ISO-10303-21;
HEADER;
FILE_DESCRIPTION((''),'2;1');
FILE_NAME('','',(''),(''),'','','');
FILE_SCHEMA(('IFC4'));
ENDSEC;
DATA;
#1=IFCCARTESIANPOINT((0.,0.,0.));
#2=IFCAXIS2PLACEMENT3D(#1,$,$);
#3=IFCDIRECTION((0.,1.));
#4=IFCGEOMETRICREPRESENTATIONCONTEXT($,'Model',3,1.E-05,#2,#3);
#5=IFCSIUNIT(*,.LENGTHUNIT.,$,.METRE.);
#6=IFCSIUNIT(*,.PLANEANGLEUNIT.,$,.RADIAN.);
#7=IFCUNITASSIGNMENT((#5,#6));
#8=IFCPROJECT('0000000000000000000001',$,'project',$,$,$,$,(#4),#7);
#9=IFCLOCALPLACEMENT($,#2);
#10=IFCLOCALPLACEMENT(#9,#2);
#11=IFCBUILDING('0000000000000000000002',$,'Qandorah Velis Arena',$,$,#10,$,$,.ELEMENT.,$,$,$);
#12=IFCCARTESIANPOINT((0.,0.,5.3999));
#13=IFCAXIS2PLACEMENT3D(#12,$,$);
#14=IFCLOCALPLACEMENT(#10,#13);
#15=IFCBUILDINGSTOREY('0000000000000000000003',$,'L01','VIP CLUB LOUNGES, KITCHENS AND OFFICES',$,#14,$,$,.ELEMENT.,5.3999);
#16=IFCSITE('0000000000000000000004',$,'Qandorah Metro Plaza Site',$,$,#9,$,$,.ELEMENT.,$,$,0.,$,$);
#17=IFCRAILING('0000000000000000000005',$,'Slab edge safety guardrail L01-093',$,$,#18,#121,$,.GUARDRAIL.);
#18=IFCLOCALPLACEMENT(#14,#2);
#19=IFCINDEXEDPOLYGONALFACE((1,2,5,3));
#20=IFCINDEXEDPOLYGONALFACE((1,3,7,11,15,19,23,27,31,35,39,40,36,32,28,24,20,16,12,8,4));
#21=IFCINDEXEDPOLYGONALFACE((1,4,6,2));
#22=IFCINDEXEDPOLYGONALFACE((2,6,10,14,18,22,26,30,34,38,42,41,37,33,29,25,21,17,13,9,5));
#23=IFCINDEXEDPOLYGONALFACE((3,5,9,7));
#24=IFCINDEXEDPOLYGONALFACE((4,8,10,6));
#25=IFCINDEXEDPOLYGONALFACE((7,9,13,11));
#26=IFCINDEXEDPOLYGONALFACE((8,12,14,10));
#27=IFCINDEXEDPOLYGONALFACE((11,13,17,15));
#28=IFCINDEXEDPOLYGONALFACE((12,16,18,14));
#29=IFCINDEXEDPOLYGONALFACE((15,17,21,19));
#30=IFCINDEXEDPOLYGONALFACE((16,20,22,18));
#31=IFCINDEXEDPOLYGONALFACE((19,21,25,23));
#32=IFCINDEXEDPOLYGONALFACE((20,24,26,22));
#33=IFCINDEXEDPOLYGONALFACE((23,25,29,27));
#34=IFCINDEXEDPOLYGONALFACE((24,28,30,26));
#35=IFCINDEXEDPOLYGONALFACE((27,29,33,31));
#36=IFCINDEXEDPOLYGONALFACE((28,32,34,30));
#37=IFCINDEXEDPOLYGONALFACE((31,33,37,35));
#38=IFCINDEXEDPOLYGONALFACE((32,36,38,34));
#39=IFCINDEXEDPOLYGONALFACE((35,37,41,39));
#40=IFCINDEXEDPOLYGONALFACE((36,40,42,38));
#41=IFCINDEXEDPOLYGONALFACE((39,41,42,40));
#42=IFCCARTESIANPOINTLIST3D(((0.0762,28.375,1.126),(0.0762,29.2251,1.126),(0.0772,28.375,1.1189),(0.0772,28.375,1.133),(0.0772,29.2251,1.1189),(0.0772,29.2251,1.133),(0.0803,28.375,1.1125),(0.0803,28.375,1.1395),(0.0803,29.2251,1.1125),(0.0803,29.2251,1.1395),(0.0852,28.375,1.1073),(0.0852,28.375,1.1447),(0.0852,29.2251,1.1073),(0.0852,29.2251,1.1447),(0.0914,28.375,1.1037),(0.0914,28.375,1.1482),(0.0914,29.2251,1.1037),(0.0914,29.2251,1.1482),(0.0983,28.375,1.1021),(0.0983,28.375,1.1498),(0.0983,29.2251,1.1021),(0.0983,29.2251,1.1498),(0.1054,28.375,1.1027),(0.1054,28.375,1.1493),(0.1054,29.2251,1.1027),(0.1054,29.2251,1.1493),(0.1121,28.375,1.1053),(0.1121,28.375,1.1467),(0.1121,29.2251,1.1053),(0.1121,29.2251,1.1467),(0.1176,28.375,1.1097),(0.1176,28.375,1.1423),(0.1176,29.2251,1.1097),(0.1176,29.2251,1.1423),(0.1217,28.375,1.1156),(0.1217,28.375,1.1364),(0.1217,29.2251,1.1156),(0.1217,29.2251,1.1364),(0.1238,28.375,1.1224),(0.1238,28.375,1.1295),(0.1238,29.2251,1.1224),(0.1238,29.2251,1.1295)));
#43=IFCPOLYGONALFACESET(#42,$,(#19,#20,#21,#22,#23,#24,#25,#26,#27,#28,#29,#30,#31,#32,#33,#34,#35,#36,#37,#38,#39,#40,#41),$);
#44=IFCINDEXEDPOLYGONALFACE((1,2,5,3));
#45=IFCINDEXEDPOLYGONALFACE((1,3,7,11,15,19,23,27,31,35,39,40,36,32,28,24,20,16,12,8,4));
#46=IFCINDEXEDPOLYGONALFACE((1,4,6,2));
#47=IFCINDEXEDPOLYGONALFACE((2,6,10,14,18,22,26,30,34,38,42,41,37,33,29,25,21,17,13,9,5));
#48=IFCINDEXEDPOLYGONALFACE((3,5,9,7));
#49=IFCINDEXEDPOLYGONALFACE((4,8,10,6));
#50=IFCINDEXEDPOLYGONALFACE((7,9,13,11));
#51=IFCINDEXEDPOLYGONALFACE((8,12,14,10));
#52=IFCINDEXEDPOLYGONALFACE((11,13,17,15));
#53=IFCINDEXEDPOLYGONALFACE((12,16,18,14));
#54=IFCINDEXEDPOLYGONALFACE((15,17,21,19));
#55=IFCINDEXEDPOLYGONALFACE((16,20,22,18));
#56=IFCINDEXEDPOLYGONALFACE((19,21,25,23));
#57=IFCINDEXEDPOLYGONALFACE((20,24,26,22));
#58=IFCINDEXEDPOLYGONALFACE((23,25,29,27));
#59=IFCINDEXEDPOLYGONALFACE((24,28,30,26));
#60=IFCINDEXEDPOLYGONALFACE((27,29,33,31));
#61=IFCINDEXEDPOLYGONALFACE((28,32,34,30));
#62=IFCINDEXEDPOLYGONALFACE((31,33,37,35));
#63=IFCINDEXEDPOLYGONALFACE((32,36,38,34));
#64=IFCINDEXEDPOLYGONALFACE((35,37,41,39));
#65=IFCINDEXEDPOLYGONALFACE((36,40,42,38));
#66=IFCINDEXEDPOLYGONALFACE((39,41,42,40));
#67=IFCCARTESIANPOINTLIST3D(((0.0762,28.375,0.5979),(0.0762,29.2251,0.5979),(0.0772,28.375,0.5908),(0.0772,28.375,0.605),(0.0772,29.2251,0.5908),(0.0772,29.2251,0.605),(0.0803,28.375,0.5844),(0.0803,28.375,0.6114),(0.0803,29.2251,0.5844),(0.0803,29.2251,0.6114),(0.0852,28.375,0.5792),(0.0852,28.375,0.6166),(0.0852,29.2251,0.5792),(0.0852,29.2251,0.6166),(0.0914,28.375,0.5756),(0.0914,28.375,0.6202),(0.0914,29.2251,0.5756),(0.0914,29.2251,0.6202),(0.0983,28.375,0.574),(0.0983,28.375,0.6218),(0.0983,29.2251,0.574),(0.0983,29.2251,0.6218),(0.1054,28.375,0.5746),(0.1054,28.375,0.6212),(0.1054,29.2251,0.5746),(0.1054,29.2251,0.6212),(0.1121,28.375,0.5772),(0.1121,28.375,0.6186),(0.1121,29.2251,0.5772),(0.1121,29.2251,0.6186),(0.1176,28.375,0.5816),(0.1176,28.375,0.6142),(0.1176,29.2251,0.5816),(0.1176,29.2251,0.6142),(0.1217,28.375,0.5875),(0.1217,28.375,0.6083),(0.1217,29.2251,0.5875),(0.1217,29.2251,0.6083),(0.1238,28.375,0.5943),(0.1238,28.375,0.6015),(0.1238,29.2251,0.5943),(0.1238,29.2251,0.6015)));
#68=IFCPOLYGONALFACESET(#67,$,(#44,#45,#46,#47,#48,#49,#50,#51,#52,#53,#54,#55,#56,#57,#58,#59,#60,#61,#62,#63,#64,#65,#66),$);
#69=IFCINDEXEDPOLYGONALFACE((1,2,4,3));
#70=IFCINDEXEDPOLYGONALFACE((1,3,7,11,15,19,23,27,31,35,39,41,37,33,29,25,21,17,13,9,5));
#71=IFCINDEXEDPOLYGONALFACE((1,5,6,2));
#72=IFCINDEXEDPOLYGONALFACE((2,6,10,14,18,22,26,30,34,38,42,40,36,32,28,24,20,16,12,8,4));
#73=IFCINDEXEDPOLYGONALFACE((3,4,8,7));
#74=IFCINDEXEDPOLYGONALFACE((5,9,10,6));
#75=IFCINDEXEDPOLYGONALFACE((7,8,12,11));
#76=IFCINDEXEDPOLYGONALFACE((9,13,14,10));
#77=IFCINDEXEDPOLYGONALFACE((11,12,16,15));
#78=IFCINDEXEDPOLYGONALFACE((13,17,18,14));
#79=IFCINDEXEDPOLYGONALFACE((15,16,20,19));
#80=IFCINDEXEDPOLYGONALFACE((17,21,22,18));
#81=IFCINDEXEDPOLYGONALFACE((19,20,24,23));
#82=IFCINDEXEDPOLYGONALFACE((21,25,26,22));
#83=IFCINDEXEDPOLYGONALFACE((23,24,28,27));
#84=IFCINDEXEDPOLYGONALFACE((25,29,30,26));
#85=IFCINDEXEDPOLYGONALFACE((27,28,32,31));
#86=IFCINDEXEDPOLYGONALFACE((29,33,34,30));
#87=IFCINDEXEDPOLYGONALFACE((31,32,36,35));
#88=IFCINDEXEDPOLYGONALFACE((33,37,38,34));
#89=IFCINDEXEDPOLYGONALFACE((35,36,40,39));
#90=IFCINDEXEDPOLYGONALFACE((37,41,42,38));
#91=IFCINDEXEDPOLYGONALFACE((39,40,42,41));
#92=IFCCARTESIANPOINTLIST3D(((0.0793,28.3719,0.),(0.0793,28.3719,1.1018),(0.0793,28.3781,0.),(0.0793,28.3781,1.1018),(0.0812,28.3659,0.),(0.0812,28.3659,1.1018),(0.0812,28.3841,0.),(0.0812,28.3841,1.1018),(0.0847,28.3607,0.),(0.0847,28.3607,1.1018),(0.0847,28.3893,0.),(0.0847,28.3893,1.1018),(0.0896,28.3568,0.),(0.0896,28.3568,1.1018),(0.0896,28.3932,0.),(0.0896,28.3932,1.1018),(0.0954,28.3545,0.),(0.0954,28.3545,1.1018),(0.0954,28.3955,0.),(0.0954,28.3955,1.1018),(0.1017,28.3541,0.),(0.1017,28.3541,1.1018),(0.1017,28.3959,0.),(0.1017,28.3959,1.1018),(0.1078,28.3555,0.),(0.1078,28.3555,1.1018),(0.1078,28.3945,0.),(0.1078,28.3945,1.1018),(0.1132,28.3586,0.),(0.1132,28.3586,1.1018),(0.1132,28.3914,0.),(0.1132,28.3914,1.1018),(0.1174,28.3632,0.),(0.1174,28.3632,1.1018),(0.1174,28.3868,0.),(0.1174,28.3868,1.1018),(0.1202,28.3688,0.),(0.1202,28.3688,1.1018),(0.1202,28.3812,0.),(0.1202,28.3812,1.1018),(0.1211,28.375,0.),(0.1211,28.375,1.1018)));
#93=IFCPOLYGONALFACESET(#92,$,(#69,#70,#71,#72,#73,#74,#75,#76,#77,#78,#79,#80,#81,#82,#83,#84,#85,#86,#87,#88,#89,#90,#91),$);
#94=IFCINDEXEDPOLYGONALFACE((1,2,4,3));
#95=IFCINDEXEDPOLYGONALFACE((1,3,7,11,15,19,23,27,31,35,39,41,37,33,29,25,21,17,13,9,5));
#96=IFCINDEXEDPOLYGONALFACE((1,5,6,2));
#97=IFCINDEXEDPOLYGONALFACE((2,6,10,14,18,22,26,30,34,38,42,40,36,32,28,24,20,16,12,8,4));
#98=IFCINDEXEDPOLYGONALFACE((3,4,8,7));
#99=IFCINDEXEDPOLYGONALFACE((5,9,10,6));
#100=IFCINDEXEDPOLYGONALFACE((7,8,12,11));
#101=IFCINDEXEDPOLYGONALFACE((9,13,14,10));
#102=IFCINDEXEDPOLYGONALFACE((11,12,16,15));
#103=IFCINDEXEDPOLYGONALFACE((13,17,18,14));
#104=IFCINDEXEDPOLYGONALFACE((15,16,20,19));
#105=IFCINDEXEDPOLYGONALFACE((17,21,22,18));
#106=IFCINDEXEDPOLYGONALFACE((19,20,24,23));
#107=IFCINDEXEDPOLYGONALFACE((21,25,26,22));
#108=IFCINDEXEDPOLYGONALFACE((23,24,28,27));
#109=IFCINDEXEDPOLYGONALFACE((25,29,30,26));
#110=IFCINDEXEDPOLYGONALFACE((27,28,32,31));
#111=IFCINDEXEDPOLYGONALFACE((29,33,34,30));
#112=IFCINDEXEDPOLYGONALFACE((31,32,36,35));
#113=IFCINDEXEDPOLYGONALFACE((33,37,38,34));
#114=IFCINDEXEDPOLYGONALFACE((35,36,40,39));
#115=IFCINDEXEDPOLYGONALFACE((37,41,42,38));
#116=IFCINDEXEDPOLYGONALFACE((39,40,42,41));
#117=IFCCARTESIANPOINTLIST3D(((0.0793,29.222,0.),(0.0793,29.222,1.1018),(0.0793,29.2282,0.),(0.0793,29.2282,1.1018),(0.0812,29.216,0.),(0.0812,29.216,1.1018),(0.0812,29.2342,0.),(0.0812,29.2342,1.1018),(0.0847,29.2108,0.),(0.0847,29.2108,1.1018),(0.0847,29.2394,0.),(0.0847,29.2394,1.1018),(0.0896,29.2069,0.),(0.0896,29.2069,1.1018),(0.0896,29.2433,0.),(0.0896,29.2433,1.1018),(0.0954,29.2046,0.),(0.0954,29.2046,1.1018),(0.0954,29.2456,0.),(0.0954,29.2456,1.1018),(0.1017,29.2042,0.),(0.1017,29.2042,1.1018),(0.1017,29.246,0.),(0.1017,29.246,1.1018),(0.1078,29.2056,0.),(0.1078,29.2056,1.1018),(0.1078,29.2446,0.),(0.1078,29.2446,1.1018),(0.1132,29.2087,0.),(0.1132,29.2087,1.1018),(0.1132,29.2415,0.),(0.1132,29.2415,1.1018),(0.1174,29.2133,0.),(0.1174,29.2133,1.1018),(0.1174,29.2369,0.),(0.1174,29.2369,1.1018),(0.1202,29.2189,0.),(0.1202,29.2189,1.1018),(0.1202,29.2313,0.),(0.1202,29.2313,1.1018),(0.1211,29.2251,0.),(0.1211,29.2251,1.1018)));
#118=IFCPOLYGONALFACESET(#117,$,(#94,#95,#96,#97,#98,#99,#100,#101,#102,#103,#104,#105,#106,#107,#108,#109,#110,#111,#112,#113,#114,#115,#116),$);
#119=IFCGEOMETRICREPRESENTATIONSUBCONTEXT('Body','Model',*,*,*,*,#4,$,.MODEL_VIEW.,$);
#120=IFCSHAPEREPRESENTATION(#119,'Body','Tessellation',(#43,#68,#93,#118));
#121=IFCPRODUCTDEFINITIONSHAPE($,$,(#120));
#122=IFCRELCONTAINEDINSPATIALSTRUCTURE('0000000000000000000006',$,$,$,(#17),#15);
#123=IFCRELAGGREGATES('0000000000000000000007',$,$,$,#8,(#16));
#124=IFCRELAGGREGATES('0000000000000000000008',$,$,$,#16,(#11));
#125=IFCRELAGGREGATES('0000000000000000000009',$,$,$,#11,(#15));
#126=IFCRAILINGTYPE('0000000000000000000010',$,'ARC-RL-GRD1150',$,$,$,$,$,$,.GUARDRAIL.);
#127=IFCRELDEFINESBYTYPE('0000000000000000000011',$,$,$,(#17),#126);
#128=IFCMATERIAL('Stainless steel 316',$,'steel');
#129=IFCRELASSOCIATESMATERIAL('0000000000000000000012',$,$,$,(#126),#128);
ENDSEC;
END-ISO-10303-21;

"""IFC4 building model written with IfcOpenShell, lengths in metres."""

from ifc_helpers import new_model, si_unit, direction, frame, origin, origin_2d, place, context, subcontext, project, spatial, circle, extrude, material, type_object, element, save


model = new_model("IFC4")

# Units and contexts
model_context = context("Model", 3, precision=1e-05, world=origin(), true_north=direction((0.0, 1.0)))
body_context = subcontext(model_context, "Body", "Model", "MODEL_VIEW")
ifc_project = project(units=[si_unit("LENGTHUNIT", "METRE"), si_unit("PLANEANGLEUNIT", "RADIAN")], contexts=[model_context])

# Site, building, storey
site_placement = place(None, origin())
site = spatial("IfcSite", under=ifc_project, at=site_placement, Name="Qandorah Metro Plaza Site", CompositionType="ELEMENT", RefElevation=0.0)
building_placement = place(site_placement, origin())
building = spatial("IfcBuilding", under=site, at=building_placement, Name="Qandorah Velis Arena", CompositionType="ELEMENT")
storey_placement = place(building_placement, frame((0.0, 0.0, 5.3999)))
storey = spatial("IfcBuildingStorey", under=building, at=storey_placement, Name="L01", Description="VIP CLUB LOUNGES, KITCHENS AND OFFICES", CompositionType="ELEMENT", Elevation=5.3999)

# Railing
ifc_material_1 = material(Name="Stainless steel 316", Category="steel")
railing_type = type_object("IfcRailingType", Name="ARC-RL-GRD1150", PredefinedType="GUARDRAIL", material=ifc_material_1)
railing_1_placement = place(storey_placement, frame((0.1001, 28.375, 0.0)))
element("IfcRailing", 1, at=railing_1_placement, inside=storey, type_object=railing_type, Name="Slab edge safety guardrail L01-093", PredefinedType="GUARDRAIL", context=body_context, shape_type="SweptSolid", body=[
    extrude(circle(Radius=0.0239, at=origin_2d()), frame((0.0, 0.0, 1.126), z_axis=(0.0, 1.0, 0.0), x_axis=(-1.0, 0.0, 0.0)), (0.0, 0.0, 1.0), 0.8501),
    extrude(circle(Radius=0.0239, at=origin_2d()), frame((0.0, 0.0, 0.5979), z_axis=(0.0, 1.0, 0.0), x_axis=(-1.0, 0.0, 0.0)), (0.0, 0.0, 1.0), 0.8501),
    extrude(circle(Radius=0.021, at=origin_2d()), origin(), (0.0, 0.0, 1.0), 1.1018),
    extrude(circle(Radius=0.021, at=origin_2d()), frame((0.0, 0.8501, 0.0)), (0.0, 0.0, 1.0), 1.1018),
])

save(model, "model.ifc")
